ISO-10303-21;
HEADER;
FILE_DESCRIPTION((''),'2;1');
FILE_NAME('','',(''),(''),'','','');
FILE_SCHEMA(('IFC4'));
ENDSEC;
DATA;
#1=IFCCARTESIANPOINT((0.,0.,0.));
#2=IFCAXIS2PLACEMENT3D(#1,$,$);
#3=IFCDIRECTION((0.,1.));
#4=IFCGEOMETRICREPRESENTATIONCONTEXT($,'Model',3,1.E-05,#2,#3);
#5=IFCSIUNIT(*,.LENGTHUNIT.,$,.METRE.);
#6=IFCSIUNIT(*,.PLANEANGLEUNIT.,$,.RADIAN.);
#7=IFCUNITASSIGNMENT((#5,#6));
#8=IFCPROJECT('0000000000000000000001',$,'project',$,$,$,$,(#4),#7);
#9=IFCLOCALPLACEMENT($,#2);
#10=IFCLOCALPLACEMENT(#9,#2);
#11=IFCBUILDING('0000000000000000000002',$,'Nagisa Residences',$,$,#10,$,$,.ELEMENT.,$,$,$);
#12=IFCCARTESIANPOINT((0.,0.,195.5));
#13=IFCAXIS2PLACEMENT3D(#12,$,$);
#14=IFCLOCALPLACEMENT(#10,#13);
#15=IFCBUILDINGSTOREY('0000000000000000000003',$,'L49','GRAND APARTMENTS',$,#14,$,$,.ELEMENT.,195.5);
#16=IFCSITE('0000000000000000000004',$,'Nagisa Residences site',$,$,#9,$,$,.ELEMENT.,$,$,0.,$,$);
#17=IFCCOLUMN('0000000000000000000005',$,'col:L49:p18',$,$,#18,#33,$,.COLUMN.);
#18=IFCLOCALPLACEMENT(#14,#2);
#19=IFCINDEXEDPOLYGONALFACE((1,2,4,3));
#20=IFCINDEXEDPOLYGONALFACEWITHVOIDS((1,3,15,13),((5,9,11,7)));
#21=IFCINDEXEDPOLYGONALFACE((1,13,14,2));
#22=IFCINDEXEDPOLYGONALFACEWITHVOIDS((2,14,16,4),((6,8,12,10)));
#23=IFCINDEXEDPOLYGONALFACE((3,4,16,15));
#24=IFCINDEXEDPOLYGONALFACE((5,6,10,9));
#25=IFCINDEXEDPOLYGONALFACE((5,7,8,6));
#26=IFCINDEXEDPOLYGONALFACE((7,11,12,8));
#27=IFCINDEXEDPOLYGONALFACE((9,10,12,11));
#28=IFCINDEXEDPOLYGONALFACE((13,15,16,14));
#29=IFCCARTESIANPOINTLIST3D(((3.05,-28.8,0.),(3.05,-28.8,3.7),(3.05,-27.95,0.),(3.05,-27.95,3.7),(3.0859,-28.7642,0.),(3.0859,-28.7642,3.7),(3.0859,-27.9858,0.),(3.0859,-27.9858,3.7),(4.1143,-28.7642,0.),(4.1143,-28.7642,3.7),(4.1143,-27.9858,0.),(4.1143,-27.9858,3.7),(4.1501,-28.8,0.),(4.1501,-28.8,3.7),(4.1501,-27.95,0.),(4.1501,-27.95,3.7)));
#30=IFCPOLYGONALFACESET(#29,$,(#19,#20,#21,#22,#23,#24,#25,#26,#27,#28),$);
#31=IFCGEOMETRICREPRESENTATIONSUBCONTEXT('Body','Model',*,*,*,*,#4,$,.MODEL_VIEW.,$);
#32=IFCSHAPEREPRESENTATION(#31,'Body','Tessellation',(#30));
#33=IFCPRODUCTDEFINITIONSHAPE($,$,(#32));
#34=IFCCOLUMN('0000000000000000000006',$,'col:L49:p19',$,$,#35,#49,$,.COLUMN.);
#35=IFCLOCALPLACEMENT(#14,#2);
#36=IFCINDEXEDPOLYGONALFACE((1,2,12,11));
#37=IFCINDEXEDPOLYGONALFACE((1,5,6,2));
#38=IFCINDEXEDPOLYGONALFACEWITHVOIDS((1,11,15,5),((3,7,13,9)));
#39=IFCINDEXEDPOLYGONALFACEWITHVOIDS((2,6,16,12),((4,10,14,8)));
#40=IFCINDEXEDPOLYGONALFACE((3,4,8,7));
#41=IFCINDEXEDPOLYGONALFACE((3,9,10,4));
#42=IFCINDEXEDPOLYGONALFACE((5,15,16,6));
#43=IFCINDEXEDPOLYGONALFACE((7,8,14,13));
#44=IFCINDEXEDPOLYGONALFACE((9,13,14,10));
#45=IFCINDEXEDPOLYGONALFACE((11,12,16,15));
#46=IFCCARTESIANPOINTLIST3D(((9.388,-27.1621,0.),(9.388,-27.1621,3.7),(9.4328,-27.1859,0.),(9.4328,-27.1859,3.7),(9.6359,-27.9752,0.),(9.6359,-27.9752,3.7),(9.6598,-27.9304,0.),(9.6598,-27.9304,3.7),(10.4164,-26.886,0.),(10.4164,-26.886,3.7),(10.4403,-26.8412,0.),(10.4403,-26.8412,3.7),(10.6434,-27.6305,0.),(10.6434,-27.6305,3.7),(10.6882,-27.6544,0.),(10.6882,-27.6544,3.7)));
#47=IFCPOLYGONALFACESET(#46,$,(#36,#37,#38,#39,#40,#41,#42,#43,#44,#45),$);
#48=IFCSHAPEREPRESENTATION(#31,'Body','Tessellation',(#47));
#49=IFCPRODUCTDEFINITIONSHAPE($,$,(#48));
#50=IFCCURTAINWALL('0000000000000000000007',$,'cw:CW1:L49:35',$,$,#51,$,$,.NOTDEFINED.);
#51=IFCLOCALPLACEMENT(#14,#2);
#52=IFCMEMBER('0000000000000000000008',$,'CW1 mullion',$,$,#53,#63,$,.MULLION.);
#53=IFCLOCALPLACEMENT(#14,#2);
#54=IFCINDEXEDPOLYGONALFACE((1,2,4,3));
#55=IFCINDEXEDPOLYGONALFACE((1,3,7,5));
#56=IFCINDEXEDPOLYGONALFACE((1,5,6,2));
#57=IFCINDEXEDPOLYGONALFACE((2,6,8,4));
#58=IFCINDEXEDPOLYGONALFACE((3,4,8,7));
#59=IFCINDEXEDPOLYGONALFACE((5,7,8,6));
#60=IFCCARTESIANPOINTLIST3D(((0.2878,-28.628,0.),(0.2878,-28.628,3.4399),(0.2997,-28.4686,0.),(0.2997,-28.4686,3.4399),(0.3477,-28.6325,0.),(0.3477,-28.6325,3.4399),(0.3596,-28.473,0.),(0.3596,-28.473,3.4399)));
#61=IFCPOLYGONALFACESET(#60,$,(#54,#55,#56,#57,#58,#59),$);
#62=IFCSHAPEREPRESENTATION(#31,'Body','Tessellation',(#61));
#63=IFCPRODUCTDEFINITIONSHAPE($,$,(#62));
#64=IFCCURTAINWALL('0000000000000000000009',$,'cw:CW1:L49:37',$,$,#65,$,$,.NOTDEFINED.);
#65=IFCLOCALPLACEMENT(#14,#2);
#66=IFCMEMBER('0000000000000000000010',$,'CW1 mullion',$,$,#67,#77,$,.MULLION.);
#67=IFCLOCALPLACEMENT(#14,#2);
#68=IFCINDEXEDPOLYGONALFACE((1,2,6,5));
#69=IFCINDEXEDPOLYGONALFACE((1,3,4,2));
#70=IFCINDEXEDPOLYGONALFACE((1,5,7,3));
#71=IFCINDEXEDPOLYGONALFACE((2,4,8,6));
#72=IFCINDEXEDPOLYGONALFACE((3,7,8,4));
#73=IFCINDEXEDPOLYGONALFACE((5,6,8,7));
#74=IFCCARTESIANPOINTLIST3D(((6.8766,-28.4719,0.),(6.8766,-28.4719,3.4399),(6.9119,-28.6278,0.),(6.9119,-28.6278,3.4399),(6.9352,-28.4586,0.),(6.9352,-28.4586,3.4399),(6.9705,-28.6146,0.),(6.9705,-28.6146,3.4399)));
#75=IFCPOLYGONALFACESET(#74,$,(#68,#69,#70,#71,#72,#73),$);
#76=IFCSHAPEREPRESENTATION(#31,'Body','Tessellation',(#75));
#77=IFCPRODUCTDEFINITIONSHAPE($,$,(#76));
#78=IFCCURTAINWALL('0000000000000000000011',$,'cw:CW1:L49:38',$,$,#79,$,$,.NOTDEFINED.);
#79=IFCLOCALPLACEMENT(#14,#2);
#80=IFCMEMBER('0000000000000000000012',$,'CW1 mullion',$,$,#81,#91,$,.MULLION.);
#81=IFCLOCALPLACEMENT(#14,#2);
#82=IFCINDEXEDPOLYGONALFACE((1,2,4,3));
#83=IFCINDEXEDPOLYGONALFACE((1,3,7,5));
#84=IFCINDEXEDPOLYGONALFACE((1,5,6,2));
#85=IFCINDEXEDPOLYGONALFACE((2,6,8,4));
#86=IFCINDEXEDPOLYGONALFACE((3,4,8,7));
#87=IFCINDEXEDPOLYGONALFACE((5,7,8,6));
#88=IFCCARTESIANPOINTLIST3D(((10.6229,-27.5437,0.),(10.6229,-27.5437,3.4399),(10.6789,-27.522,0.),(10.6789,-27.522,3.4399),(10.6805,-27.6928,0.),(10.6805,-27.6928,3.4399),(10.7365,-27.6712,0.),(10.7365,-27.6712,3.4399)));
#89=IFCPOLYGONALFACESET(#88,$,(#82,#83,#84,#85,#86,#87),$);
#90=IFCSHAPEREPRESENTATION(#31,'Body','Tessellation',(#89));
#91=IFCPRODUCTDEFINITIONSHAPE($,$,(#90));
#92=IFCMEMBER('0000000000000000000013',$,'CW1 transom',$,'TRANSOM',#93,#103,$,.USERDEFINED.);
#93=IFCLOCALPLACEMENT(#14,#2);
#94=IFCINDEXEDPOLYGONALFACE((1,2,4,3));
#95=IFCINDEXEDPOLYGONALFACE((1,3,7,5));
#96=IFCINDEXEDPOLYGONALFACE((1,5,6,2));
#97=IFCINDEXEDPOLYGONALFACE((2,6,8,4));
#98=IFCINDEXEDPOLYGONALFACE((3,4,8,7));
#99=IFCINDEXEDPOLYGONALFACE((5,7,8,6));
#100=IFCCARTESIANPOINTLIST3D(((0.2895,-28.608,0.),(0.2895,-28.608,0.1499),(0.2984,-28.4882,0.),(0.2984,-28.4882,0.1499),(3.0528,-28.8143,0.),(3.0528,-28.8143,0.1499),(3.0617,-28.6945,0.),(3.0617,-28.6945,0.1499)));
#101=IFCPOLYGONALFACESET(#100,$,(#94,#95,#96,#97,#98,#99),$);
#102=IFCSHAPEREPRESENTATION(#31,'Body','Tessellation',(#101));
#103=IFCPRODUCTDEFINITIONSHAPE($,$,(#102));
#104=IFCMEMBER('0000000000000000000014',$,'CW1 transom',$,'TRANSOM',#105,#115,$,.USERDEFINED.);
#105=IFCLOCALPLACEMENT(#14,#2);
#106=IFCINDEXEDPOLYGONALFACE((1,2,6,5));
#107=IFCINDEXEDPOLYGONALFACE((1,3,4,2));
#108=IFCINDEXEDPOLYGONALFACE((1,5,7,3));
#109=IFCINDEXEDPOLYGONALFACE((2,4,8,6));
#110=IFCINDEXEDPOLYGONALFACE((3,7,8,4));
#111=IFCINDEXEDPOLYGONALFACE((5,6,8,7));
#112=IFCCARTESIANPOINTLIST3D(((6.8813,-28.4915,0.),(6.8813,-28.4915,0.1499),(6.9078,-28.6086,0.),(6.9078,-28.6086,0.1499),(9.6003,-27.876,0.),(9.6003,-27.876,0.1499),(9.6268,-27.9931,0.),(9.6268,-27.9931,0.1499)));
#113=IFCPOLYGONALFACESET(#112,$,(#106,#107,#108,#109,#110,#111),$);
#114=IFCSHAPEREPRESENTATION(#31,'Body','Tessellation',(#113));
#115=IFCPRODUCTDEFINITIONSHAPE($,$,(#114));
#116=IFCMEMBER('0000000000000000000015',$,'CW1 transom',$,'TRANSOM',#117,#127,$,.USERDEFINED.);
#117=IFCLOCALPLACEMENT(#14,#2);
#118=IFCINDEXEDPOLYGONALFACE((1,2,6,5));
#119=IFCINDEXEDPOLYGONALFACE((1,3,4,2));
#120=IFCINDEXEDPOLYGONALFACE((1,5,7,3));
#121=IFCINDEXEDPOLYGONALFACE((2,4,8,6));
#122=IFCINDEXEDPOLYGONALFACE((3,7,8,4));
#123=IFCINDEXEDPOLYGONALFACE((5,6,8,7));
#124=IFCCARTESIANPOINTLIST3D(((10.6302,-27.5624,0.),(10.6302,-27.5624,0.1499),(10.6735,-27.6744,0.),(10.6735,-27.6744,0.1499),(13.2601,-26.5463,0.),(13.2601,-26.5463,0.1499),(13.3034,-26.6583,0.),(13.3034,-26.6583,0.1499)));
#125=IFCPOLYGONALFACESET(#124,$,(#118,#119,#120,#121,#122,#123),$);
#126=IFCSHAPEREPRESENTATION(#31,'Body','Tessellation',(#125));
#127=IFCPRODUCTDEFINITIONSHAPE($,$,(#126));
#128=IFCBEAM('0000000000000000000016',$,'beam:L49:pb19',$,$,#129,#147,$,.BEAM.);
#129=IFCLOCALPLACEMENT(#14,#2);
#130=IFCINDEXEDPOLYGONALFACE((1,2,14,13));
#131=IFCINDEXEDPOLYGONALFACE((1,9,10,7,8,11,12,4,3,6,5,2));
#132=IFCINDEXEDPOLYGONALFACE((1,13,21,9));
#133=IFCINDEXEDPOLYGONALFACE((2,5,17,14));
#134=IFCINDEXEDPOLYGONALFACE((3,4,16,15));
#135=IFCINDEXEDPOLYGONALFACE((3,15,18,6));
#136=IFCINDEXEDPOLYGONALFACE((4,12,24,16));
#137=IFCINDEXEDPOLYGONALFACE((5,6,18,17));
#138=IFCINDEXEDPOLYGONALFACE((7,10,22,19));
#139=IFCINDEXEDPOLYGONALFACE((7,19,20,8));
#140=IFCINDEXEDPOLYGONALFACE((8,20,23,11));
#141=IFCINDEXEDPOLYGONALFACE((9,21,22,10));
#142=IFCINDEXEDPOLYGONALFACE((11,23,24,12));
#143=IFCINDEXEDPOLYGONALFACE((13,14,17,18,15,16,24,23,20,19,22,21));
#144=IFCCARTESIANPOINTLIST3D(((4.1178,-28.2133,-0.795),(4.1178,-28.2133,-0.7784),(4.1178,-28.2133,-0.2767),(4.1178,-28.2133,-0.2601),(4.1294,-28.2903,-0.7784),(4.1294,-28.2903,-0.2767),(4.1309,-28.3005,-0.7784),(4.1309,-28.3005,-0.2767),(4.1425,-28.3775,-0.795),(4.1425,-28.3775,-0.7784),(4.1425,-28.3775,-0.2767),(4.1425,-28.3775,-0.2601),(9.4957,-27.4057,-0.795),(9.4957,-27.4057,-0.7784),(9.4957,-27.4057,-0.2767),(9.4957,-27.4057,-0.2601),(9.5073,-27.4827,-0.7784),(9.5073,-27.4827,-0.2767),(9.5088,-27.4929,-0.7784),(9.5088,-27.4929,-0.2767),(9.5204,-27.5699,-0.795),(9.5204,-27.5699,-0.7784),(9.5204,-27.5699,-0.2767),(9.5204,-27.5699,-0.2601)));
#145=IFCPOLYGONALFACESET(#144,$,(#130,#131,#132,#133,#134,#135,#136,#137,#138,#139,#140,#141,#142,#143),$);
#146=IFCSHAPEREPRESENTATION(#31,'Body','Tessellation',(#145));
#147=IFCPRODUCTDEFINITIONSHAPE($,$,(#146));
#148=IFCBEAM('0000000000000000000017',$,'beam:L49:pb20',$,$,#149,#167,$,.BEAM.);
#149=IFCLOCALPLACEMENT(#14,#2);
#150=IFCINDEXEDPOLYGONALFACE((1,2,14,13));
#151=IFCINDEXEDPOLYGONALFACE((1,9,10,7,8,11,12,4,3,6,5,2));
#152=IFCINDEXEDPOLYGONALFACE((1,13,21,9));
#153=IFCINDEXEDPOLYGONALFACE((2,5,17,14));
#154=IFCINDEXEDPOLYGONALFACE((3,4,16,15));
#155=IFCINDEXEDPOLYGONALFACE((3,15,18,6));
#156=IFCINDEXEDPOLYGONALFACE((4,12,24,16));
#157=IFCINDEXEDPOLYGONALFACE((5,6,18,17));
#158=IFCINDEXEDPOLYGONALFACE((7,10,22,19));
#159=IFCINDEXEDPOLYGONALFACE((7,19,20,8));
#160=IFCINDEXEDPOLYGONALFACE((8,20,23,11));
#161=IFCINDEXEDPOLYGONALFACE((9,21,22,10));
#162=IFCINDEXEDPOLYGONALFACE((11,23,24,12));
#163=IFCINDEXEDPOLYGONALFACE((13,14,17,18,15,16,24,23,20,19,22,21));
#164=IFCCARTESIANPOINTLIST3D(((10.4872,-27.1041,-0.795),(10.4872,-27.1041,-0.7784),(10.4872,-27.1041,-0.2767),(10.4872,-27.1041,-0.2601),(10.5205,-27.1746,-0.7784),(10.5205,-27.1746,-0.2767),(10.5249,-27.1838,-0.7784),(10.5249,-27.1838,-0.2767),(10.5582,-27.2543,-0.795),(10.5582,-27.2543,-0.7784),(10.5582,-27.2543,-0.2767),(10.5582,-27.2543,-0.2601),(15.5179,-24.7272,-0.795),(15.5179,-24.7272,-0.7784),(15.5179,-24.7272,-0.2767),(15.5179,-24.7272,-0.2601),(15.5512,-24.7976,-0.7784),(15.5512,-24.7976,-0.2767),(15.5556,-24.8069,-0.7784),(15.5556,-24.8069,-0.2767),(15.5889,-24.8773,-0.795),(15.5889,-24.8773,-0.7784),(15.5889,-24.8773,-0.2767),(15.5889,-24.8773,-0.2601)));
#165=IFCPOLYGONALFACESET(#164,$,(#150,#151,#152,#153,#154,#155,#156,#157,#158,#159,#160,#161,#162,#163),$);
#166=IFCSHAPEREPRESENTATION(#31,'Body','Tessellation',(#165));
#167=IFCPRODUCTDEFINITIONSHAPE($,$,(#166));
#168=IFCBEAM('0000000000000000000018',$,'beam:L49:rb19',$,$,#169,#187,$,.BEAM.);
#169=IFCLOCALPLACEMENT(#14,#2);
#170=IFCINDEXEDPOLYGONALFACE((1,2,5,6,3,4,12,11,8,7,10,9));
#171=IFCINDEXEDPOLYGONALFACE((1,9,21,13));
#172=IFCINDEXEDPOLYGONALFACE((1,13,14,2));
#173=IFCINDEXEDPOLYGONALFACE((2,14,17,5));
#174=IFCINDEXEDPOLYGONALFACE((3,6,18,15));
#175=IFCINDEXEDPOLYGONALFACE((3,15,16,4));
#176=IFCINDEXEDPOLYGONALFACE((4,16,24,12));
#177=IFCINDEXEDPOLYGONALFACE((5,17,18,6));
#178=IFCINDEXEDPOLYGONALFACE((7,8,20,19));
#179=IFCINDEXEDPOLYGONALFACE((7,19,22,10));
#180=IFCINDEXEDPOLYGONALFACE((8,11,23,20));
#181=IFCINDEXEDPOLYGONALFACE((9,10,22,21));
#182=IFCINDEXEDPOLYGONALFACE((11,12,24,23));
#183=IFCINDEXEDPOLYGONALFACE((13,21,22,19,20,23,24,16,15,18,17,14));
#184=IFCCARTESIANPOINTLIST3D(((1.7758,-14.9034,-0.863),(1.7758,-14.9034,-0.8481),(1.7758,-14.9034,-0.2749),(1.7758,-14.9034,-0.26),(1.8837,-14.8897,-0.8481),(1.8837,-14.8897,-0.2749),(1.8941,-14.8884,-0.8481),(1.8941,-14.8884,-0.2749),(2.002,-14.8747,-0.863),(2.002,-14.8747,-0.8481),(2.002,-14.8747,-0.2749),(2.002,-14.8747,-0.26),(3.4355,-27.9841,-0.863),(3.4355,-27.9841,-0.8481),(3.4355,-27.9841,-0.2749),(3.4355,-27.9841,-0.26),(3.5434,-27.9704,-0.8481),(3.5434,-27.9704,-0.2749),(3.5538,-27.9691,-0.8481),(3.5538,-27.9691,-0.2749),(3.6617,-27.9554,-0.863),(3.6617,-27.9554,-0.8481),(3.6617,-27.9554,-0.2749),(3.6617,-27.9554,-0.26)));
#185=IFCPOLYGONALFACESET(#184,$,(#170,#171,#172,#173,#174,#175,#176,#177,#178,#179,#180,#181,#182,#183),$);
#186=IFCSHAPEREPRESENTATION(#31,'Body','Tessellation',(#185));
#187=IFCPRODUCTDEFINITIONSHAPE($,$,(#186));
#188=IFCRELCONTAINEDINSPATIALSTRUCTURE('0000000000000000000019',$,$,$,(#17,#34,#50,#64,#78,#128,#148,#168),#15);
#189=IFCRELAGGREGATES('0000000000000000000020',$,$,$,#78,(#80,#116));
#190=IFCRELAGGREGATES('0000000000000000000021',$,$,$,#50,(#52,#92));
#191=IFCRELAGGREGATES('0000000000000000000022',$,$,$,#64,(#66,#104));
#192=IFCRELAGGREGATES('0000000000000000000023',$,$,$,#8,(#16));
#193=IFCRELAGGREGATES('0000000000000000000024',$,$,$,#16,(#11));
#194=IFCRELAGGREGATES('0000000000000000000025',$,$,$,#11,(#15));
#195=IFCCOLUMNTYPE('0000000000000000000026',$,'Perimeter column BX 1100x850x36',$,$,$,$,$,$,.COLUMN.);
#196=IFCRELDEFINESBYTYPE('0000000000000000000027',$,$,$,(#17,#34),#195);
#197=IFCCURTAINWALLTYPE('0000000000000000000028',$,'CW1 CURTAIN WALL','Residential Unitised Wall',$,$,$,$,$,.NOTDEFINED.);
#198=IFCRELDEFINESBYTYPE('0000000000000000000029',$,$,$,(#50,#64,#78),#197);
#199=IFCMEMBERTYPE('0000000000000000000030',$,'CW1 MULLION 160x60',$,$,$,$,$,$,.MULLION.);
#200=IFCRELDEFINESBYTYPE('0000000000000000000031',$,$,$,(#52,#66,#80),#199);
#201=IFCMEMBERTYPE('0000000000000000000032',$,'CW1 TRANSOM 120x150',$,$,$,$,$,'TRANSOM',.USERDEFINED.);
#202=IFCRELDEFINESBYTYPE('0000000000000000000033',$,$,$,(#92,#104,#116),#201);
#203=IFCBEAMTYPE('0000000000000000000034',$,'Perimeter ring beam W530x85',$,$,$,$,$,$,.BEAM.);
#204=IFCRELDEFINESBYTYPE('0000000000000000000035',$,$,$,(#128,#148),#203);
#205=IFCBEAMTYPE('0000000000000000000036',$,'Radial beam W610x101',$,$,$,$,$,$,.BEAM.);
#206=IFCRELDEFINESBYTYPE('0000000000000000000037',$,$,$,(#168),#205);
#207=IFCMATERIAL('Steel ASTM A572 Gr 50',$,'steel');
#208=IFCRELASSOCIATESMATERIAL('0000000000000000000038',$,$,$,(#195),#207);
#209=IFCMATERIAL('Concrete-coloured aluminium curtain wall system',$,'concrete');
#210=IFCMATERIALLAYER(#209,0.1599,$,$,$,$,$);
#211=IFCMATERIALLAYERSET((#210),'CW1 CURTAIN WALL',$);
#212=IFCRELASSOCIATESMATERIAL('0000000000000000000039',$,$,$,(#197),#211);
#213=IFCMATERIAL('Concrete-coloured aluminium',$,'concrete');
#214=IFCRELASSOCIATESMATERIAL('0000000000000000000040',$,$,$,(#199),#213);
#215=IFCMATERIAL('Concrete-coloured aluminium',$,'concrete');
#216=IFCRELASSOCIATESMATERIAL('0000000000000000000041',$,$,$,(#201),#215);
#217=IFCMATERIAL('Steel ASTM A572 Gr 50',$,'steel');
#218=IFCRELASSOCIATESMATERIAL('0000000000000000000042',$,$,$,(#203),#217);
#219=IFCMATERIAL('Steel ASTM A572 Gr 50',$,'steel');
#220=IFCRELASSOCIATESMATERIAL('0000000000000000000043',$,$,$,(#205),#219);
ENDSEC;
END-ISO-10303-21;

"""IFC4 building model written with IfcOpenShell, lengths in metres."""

from ifc_helpers import new_model, si_unit, direction, frame, origin, origin_2d, place, context, subcontext, project, spatial, rectangle, hollow_rectangle, i_section, extrude, material, layer, layer_set, material_profile, profile_set, type_object, element, aggregate, save


model = new_model("IFC4")

# Units and contexts
model_context = context("Model", 3, precision=1e-05, world=origin(), true_north=direction((0.0, 1.0)))
body_context = subcontext(model_context, "Body", "Model", "MODEL_VIEW")
ifc_project = project(units=[si_unit("LENGTHUNIT", "METRE"), si_unit("PLANEANGLEUNIT", "RADIAN")], contexts=[model_context])

# Site, building, storey
site_placement = place(None, origin())
site = spatial("IfcSite", under=ifc_project, at=site_placement, Name="Nagisa Residences site", CompositionType="ELEMENT", RefElevation=0.0)
building_placement = place(site_placement, origin())
building = spatial("IfcBuilding", under=site, at=building_placement, Name="Nagisa Residences", CompositionType="ELEMENT")
storey_placement = place(building_placement, frame((0.0, 0.0, 195.5)))
storey = spatial("IfcBuildingStorey", under=building, at=storey_placement, Name="L49", Description="GRAND APARTMENTS", CompositionType="ELEMENT", Elevation=195.5)

# Columns
ifc_material_1 = material(Name="Steel ASTM A572 Gr 50", Category="steel")
ifc_material_profile_1 = material_profile(ifc_material_1, hollow_rectangle(XDim=1.1001, YDim=0.8501, WallThickness=0.0359, at=origin_2d()), Name="BX 1100x850x36")
ifc_profile_set_1 = profile_set([ifc_material_profile_1], Name="Steel ASTM A572 Gr 50")
column_type = type_object("IfcColumnType", Name="Perimeter column BX 1100x850x36", PredefinedType="COLUMN", material=ifc_profile_set_1)
for number, where, z_axis, x_axis, name in (
    (1, (3.6001, -28.375, 0.0), (0.0, 0.0, 1.0), (1.0, 0.0, 0.0), "col:L49:p18"),
    (2, (10.0381, -27.4082, 0.0), (0.0, 0.0, 1.0), (0.956525, 0.291652, 0.0), "col:L49:p19"),
):
    element("IfcColumn", number, at=place(storey_placement, frame(where, z_axis=z_axis, x_axis=x_axis)), inside=storey, type_object=column_type, Name=name, PredefinedType="COLUMN", context=body_context, shape_type="SweptSolid", body=[
        extrude(hollow_rectangle(XDim=1.1001, YDim=0.8501, WallThickness=0.0359, at=origin_2d()), origin(), (0.0, 0.0, 1.0), 3.7),
    ])

# Curtain walls, members
ifc_material_2 = material(Name="Concrete-coloured aluminium curtain wall system", Category="concrete")
ifc_layer_1 = layer(ifc_material_2, 0.1599)
ifc_layer_set_1 = layer_set([ifc_layer_1], Name="CW1 CURTAIN WALL")
curtain_wall_type = type_object("IfcCurtainWallType", Name="CW1 CURTAIN WALL", Description="Residential Unitised Wall", PredefinedType="NOTDEFINED", material=ifc_layer_set_1)
curtain_wall_1_placement = place(storey_placement, origin())
curtain_wall_1 = element("IfcCurtainWall", 3, at=curtain_wall_1_placement, inside=storey, type_object=curtain_wall_type, Name="cw:CW1:L49:35", PredefinedType="NOTDEFINED")
ifc_material_3 = material(Name="Concrete-coloured aluminium", Category="concrete")
ifc_material_profile_2 = material_profile(ifc_material_3, rectangle(XDim=0.1599, YDim=0.0601, at=origin_2d()), Name="CW1 MULLION 160x60")
ifc_profile_set_2 = profile_set([ifc_material_profile_2], Name="Concrete-coloured aluminium")
member_type_1 = type_object("IfcMemberType", Name="CW1 MULLION 160x60", PredefinedType="MULLION", material=ifc_profile_set_2)
member_1_placement = place(storey_placement, frame((0.3237, -28.5505, 0.0), z_axis=(0.0, 0.0, 1.0), x_axis=(0.074377, 0.99723, 0.0)))
member_1 = element("IfcMember", 4, at=member_1_placement, type_object=member_type_1, Name="CW1 mullion", PredefinedType="MULLION", context=body_context, shape_type="SweptSolid", body=[
    extrude(rectangle(XDim=0.1599, YDim=0.0601, at=origin_2d()), origin(), (0.0, 0.0, 1.0), 3.4399),
])
curtain_wall_2_placement = place(storey_placement, origin())
curtain_wall_2 = element("IfcCurtainWall", 5, at=curtain_wall_2_placement, inside=storey, type_object=curtain_wall_type, Name="cw:CW1:L49:37", PredefinedType="NOTDEFINED")
member_2_placement = place(storey_placement, frame((6.9236, -28.5432, 0.0), z_axis=(0.0, 0.0, 1.0), x_axis=(-0.220764, 0.975327, 0.0)))
member_2 = element("IfcMember", 6, at=member_2_placement, type_object=member_type_1, Name="CW1 mullion", PredefinedType="MULLION", context=body_context, shape_type="SweptSolid", body=[
    extrude(rectangle(XDim=0.1599, YDim=0.0601, at=origin_2d()), origin(), (0.0, 0.0, 1.0), 3.4399),
])
curtain_wall_3_placement = place(storey_placement, origin())
curtain_wall_3 = element("IfcCurtainWall", 7, at=curtain_wall_3_placement, inside=storey, type_object=curtain_wall_type, Name="cw:CW1:L49:38", PredefinedType="NOTDEFINED")
member_3_placement = place(storey_placement, frame((10.6797, -27.6074, 0.0), z_axis=(0.0, 0.0, 1.0), x_axis=(-0.360328, 0.932826, 0.0)))
member_3 = element("IfcMember", 8, at=member_3_placement, type_object=member_type_1, Name="CW1 mullion", PredefinedType="MULLION", context=body_context, shape_type="SweptSolid", body=[
    extrude(rectangle(XDim=0.1599, YDim=0.0601, at=origin_2d()), origin(), (0.0, 0.0, 1.0), 3.4399),
])

# Members
ifc_material_4 = material(Name="Concrete-coloured aluminium", Category="concrete")
ifc_material_profile_3 = material_profile(ifc_material_4, rectangle(XDim=0.1201, YDim=0.1499, at=origin_2d()), Name="CW1 TRANSOM 120x150")
ifc_profile_set_3 = profile_set([ifc_material_profile_3], Name="Concrete-coloured aluminium")
member_type_2 = type_object("IfcMemberType", Name="CW1 TRANSOM 120x150", ElementType="TRANSOM", PredefinedType="USERDEFINED", material=ifc_profile_set_3)
member_4_placement = place(storey_placement, frame((0.2939, -28.5481, 0.075), z_axis=(0.997225, -0.074446, 0.0), x_axis=(0.074446, 0.997225, 0.0)))
member_4 = element("IfcMember", 9, at=member_4_placement, type_object=member_type_2, Name="CW1 transom", ObjectType="TRANSOM", PredefinedType="USERDEFINED", context=body_context, shape_type="SweptSolid", body=[
    extrude(rectangle(XDim=0.1201, YDim=0.1499, at=origin_2d()), origin(), (0.0, 0.0, 1.0), 2.771),
])
member_5_placement = place(storey_placement, frame((6.8945, -28.55, 0.075), z_axis=(0.975324, 0.220777, 0.0), x_axis=(-0.220777, 0.975324, 0.0)))
member_5 = element("IfcMember", 10, at=member_5_placement, type_object=member_type_2, Name="CW1 transom", ObjectType="TRANSOM", PredefinedType="USERDEFINED", context=body_context, shape_type="SweptSolid", body=[
    extrude(rectangle(XDim=0.1201, YDim=0.1499, at=origin_2d()), origin(), (0.0, 0.0, 1.0), 2.7878),
])
member_6_placement = place(storey_placement, frame((10.6519, -27.6184, 0.075), z_axis=(0.932795, 0.360406, 0.0), x_axis=(-0.360406, 0.932795, 0.0)))
member_6 = element("IfcMember", 11, at=member_6_placement, type_object=member_type_2, Name="CW1 transom", ObjectType="TRANSOM", PredefinedType="USERDEFINED", context=body_context, shape_type="SweptSolid", body=[
    extrude(rectangle(XDim=0.1201, YDim=0.1499, at=origin_2d()), origin(), (0.0, 0.0, 1.0), 2.8193),
])
aggregate(curtain_wall_3, [member_3, member_6])

# Beams
ifc_material_5 = material(Name="Steel ASTM A572 Gr 50", Category="steel")
ifc_material_profile_4 = material_profile(ifc_material_5, i_section(OverallWidth=0.166, OverallDepth=0.5349, WebThickness=0.0103, FlangeThickness=0.0166, at=origin_2d()), Name="W530x85")
ifc_profile_set_4 = profile_set([ifc_material_profile_4], Name="Steel ASTM A572 Gr 50")
beam_type_1 = type_object("IfcBeamType", Name="Perimeter ring beam W530x85", PredefinedType="BEAM", material=ifc_profile_set_4)
beam_1_placement = place(storey_placement, frame((4.1301, -28.2954, -0.5276), z_axis=(0.988911, 0.148507, 0.0), x_axis=(-0.148507, 0.988911, 0.0)))
element("IfcBeam", 12, at=beam_1_placement, inside=storey, type_object=beam_type_1, Name="beam:L49:pb19", PredefinedType="BEAM", context=body_context, shape_type="SweptSolid", body=[
    extrude(i_section(OverallWidth=0.166, OverallDepth=0.5349, WebThickness=0.0103, FlangeThickness=0.0166, at=origin_2d()), origin(), (0.0, 0.0, 1.0), 5.4382),
])
beam_2_placement = place(storey_placement, frame((10.5227, -27.1792, -0.5276), z_axis=(0.904157, 0.4272, 0.0), x_axis=(-0.4272, 0.904157, 0.0)))
element("IfcBeam", 13, at=beam_2_placement, inside=storey, type_object=beam_type_1, Name="beam:L49:pb20", PredefinedType="BEAM", context=body_context, shape_type="SweptSolid", body=[
    extrude(i_section(OverallWidth=0.166, OverallDepth=0.5349, WebThickness=0.0103, FlangeThickness=0.0166, at=origin_2d()), origin(), (0.0, 0.0, 1.0), 5.564),
])
ifc_material_6 = material(Name="Steel ASTM A572 Gr 50", Category="steel")
ifc_material_profile_5 = material_profile(ifc_material_6, i_section(OverallWidth=0.228, OverallDepth=0.603, WebThickness=0.0105, FlangeThickness=0.0149, at=origin_2d()), Name="W610x101")
ifc_profile_set_5 = profile_set([ifc_material_profile_5], Name="Steel ASTM A572 Gr 50")
beam_type_2 = type_object("IfcBeamType", Name="Radial beam W610x101", PredefinedType="BEAM", material=ifc_profile_set_5)
beam_3_placement = place(storey_placement, frame((3.5486, -27.9697, -0.5615), z_axis=(-0.125871, 0.992047, 0.0), x_axis=(-0.992047, -0.125871, 0.0)))
element("IfcBeam", 14, at=beam_3_placement, inside=storey, type_object=beam_type_2, Name="beam:L49:rb19", PredefinedType="BEAM", context=body_context, shape_type="SweptSolid", body=[
    extrude(i_section(OverallWidth=0.228, OverallDepth=0.603, WebThickness=0.0105, FlangeThickness=0.0149, at=origin_2d()), origin(), (0.0, 0.0, 1.0), 13.1855),
])

aggregate(curtain_wall_1, [member_1, member_4])
aggregate(curtain_wall_2, [member_2, member_5])

save(model, "model.ifc")
